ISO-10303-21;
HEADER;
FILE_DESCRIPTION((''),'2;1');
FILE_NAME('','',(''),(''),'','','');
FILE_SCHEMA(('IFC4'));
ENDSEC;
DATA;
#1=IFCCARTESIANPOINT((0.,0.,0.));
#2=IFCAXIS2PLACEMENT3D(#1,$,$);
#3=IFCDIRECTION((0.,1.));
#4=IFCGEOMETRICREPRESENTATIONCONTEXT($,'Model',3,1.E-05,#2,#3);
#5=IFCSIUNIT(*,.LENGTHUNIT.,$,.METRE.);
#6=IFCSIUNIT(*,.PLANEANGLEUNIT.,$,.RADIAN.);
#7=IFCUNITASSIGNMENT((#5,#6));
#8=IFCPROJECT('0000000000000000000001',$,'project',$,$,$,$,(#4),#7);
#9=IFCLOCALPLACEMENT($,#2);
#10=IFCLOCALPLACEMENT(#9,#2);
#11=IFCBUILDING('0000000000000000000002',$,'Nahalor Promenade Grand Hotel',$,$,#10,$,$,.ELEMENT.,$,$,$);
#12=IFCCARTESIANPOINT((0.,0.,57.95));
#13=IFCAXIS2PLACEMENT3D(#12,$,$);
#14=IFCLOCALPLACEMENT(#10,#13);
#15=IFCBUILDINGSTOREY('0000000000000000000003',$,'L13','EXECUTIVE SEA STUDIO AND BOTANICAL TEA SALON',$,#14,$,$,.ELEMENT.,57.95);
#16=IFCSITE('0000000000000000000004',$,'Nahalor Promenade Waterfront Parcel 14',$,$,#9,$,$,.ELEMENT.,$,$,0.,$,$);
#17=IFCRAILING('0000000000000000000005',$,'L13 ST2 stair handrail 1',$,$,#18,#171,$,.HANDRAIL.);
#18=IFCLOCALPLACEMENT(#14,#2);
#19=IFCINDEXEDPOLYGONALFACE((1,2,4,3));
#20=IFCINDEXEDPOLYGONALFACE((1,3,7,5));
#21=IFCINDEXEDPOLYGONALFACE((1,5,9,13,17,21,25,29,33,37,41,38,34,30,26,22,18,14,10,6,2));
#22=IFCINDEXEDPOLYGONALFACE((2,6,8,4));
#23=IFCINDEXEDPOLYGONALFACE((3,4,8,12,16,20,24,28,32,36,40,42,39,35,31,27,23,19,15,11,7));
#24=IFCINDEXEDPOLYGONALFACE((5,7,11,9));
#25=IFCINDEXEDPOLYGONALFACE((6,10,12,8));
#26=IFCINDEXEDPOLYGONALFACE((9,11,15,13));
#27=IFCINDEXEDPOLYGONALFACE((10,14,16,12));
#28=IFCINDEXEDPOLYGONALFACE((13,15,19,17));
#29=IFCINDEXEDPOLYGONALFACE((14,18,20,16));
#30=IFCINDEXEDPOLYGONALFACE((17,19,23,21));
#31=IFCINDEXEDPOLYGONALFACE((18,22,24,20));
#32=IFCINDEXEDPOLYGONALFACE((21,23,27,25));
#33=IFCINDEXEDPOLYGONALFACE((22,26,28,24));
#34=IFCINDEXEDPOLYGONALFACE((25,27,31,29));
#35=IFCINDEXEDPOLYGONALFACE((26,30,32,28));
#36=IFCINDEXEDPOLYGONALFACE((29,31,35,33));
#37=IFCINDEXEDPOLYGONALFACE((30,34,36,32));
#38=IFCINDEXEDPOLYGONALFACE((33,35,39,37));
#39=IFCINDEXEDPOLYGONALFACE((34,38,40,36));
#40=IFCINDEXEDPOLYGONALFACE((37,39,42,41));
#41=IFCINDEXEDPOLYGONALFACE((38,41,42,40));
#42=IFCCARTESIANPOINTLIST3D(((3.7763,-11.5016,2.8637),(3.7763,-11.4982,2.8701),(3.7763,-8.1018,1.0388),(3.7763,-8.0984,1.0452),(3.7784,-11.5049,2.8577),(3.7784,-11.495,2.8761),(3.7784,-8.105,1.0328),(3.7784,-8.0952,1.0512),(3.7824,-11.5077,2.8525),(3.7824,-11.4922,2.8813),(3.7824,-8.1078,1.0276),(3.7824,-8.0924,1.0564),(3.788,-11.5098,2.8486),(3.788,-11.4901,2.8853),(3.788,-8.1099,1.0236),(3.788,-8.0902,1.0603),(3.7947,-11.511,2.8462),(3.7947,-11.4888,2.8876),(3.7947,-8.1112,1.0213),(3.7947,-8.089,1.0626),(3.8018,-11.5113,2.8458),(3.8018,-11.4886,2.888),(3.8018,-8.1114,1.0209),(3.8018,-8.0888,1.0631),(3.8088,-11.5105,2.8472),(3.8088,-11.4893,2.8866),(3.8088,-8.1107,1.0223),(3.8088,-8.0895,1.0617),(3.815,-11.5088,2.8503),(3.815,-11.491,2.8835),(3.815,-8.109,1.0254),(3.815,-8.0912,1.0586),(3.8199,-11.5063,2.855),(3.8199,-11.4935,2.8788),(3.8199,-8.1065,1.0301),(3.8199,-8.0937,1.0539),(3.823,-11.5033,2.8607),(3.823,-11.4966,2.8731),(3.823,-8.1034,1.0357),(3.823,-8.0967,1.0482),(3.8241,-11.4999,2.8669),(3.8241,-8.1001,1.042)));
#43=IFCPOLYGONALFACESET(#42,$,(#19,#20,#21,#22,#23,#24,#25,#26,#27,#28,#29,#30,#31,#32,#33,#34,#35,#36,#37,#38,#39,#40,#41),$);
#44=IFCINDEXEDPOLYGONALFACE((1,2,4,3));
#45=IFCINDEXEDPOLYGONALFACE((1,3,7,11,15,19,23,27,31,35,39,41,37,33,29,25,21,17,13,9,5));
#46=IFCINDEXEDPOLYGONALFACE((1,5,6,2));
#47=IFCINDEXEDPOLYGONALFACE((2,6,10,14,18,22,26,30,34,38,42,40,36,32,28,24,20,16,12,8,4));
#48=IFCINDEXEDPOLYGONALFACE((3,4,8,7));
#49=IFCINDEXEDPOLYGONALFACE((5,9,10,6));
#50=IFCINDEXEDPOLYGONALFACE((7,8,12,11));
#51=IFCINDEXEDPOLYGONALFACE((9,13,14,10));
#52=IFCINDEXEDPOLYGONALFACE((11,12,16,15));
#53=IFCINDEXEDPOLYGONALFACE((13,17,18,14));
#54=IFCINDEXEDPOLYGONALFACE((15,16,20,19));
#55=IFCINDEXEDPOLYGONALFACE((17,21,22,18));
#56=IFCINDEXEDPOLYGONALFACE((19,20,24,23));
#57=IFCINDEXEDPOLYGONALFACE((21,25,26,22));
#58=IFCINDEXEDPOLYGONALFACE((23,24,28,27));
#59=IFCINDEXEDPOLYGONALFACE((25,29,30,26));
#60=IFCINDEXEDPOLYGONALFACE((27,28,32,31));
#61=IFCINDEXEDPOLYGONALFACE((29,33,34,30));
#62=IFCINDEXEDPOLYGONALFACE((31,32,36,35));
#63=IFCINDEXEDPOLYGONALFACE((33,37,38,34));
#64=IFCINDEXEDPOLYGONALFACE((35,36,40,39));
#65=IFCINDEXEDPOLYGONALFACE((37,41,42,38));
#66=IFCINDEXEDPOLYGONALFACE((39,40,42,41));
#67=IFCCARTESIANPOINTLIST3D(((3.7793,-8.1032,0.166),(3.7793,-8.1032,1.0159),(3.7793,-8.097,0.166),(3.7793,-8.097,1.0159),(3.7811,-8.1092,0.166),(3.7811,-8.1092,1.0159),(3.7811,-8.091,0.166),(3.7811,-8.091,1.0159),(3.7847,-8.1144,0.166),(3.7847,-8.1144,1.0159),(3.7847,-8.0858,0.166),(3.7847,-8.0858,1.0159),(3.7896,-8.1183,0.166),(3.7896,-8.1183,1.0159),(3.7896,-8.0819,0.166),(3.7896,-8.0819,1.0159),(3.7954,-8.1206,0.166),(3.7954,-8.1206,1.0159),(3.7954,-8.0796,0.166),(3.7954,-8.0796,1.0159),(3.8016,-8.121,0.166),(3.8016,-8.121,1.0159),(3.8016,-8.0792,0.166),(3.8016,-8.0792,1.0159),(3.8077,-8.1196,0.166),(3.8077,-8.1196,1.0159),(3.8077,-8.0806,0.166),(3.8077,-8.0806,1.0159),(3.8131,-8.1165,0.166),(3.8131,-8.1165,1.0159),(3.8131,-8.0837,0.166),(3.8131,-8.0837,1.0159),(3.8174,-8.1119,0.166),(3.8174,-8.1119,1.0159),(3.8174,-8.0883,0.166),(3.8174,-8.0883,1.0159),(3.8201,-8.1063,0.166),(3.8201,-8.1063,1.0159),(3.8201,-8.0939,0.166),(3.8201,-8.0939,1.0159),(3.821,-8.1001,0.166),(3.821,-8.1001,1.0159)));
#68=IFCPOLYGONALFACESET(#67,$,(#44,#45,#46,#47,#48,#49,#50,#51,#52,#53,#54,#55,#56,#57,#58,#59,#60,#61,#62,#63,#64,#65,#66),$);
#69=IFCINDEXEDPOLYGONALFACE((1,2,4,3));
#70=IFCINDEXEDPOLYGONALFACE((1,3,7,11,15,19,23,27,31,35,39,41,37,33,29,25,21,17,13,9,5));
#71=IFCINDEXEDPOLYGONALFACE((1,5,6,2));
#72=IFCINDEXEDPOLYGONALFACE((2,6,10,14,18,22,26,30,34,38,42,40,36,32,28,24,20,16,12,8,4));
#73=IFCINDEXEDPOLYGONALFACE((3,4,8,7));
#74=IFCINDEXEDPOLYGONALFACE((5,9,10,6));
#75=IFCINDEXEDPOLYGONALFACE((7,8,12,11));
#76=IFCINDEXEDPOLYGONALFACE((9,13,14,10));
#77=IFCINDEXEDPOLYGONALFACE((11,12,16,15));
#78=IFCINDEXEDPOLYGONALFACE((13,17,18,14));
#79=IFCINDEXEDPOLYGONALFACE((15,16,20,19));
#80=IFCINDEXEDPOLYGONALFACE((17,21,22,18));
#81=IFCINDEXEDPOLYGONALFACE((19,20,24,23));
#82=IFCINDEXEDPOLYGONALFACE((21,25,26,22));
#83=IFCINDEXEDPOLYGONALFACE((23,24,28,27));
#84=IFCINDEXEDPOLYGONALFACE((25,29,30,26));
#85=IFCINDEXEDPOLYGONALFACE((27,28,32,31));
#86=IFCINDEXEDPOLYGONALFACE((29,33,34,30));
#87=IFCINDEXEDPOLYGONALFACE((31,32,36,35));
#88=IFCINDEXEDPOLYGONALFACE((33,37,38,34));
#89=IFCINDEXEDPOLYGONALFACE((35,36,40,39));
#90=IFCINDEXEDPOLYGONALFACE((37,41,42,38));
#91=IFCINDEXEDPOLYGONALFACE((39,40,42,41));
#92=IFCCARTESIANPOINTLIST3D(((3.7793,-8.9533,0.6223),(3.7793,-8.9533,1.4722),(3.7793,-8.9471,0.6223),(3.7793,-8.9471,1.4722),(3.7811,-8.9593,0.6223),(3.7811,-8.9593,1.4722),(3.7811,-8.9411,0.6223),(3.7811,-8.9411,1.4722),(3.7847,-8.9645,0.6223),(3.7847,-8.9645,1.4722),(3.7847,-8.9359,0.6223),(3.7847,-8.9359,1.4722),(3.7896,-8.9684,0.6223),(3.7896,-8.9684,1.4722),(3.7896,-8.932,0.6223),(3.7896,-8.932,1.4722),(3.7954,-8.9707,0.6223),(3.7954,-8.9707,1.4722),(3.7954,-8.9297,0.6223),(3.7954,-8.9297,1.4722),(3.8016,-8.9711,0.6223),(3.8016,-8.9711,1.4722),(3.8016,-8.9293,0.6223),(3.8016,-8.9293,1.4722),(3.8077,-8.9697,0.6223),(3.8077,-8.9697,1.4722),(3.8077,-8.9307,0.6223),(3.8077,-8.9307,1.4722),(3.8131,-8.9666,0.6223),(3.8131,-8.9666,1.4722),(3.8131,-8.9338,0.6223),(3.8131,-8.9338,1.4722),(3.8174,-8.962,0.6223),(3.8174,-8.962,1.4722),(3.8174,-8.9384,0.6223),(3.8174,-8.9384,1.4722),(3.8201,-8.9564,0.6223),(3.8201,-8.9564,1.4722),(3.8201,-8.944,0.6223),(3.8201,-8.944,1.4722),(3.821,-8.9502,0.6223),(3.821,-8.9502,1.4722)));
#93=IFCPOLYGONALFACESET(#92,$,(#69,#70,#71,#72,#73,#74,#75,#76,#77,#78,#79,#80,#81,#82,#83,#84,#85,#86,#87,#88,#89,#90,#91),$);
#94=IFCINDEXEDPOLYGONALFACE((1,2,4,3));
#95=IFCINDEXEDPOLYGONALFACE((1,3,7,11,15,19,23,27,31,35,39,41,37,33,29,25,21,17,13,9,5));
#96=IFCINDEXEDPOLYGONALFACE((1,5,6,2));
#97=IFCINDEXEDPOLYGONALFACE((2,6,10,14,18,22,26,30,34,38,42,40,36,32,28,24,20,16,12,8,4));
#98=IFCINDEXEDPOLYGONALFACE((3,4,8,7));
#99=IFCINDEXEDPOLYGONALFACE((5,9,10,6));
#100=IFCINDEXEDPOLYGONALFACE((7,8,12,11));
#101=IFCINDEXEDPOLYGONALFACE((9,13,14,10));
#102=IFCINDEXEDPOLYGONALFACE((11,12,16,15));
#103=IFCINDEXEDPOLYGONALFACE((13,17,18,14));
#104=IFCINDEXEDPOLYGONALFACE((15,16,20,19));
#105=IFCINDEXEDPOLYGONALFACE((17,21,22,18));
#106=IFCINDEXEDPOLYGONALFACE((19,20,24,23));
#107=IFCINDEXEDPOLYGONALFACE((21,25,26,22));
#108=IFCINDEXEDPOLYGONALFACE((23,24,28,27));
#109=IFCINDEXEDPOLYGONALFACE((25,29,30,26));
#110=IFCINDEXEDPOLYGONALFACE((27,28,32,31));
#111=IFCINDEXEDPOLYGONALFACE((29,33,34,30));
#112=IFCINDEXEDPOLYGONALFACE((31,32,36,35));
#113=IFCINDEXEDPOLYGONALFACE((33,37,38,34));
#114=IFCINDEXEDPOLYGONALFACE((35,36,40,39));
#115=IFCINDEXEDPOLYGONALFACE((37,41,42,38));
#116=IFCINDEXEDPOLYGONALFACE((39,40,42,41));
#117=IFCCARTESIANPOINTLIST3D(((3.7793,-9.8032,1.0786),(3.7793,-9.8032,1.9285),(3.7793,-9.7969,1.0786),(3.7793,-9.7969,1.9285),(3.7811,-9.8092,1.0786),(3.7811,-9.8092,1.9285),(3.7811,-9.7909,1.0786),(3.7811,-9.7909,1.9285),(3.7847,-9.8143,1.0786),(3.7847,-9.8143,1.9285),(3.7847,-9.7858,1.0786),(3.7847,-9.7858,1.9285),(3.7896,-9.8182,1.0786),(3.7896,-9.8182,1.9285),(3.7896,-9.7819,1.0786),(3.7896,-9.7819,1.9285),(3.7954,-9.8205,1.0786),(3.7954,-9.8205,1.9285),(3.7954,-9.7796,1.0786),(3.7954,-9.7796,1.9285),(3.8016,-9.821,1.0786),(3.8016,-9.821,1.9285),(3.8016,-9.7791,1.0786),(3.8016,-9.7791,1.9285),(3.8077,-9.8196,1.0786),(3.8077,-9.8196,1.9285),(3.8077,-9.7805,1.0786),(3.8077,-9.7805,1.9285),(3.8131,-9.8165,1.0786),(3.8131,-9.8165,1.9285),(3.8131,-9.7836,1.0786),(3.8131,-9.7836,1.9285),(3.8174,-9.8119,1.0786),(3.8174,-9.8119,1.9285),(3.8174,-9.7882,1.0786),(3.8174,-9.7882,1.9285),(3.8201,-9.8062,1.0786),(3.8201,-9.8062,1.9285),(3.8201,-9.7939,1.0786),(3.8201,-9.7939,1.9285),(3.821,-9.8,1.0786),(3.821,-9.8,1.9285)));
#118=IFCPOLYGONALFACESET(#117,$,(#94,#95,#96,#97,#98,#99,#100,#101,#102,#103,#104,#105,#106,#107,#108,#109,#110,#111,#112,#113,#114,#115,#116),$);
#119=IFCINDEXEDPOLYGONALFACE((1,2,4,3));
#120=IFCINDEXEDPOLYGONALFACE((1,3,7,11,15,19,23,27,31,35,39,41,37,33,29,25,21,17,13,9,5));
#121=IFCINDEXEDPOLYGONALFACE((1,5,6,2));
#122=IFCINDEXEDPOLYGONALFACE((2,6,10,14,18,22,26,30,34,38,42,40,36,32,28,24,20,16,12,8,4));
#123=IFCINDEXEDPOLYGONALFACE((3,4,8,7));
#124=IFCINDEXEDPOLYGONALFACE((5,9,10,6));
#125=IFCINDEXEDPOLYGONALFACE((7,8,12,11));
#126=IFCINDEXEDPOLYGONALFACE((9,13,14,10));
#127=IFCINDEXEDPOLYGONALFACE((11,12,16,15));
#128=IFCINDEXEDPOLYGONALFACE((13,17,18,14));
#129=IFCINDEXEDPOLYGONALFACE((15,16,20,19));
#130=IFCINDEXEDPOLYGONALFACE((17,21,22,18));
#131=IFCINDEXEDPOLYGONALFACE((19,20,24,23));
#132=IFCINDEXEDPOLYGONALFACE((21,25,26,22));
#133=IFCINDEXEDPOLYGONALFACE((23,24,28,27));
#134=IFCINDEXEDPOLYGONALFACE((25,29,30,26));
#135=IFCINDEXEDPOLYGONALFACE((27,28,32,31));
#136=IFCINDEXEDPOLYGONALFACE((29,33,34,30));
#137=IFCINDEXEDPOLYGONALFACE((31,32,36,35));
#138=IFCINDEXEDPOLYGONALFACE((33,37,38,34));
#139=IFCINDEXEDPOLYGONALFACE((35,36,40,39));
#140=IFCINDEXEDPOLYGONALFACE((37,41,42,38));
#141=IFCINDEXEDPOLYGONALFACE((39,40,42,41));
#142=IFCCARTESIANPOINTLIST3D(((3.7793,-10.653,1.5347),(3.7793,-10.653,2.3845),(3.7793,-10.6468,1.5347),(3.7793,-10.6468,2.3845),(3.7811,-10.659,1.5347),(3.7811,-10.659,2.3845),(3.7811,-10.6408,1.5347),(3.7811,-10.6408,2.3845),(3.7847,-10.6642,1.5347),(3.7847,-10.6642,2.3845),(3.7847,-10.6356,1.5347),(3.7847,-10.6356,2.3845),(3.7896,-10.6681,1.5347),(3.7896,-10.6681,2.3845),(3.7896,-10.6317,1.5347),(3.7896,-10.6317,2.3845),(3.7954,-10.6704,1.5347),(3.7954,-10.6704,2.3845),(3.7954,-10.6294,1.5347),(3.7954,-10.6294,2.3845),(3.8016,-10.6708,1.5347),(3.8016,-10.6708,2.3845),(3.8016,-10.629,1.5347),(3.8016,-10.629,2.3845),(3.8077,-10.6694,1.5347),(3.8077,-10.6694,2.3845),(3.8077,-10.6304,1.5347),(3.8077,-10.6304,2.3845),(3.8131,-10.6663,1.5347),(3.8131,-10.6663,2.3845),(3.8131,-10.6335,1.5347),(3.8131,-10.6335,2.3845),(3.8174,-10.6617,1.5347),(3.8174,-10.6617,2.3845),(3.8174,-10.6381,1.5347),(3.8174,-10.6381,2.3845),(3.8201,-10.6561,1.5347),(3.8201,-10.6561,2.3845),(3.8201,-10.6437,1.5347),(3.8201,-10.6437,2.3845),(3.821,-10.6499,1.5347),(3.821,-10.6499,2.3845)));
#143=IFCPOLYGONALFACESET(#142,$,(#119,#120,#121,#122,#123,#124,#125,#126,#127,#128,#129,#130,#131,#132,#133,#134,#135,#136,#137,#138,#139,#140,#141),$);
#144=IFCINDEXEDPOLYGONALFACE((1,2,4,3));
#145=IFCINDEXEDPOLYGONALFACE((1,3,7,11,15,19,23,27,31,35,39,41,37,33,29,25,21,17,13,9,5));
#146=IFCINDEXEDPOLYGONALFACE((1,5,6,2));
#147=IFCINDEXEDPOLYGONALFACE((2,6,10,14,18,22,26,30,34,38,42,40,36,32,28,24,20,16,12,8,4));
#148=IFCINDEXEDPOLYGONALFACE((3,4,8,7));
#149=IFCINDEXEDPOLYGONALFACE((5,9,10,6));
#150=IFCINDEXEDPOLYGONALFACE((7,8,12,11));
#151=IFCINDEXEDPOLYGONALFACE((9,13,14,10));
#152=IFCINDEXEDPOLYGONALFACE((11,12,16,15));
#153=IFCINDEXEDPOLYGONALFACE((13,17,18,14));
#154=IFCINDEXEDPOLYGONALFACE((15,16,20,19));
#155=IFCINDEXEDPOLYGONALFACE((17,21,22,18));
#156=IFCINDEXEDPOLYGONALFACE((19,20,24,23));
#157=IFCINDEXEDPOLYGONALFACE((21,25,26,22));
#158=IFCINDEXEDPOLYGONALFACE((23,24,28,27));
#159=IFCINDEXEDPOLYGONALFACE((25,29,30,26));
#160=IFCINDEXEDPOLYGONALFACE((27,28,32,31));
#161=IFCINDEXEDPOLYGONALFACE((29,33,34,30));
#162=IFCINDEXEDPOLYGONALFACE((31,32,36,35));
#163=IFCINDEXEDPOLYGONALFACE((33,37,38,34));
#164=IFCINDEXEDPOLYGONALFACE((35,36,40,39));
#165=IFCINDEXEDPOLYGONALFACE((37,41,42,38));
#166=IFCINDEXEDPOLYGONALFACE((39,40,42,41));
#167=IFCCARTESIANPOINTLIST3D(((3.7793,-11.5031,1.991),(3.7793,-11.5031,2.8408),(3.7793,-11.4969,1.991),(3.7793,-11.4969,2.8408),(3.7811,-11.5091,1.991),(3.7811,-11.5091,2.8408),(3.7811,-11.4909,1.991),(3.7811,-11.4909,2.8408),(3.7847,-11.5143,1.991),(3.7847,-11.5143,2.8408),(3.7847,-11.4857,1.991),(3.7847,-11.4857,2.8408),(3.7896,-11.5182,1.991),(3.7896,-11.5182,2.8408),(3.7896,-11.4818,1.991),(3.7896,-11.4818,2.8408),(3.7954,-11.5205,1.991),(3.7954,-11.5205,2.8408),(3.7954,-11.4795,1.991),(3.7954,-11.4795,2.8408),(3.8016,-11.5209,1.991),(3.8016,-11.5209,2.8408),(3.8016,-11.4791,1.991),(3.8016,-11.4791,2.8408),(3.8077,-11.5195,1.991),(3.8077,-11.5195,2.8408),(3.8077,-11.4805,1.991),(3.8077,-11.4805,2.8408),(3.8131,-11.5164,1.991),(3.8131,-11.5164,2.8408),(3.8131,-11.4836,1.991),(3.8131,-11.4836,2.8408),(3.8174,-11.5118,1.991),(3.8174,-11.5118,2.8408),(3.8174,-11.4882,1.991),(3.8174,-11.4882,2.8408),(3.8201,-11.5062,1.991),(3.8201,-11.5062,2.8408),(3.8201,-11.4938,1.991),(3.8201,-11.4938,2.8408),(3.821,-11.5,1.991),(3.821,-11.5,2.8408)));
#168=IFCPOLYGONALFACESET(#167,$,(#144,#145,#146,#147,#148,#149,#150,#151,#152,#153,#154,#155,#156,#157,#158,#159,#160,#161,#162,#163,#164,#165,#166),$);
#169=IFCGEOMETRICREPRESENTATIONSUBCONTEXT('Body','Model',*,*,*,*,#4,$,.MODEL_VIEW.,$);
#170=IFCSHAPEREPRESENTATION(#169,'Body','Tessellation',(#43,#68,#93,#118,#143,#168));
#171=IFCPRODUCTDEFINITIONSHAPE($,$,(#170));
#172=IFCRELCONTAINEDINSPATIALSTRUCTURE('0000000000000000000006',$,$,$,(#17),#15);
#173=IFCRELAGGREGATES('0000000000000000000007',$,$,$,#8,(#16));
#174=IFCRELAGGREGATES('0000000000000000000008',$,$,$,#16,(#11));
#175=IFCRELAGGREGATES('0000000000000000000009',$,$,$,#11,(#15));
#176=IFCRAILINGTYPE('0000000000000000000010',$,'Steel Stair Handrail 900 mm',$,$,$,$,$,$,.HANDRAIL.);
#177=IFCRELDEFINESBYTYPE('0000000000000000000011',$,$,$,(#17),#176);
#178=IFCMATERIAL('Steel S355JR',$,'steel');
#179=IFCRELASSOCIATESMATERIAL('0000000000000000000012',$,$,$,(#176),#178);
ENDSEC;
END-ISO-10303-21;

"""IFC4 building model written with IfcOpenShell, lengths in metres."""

from ifc_helpers import new_model, si_unit, direction, frame, origin, origin_2d, place, context, subcontext, project, spatial, circle, extrude, material, type_object, element, save


model = new_model("IFC4")

# Units and contexts
model_context = context("Model", 3, precision=1e-05, world=origin(), true_north=direction((0.0, 1.0)))
body_context = subcontext(model_context, "Body", "Model", "MODEL_VIEW")
ifc_project = project(units=[si_unit("LENGTHUNIT", "METRE"), si_unit("PLANEANGLEUNIT", "RADIAN")], contexts=[model_context])

# Site, building, storey
site_placement = place(None, origin())
site = spatial("IfcSite", under=ifc_project, at=site_placement, Name="Nahalor Promenade Waterfront Parcel 14", CompositionType="ELEMENT", RefElevation=0.0)
building_placement = place(site_placement, origin())
building = spatial("IfcBuilding", under=site, at=building_placement, Name="Nahalor Promenade Grand Hotel", CompositionType="ELEMENT")
storey_placement = place(building_placement, frame((0.0, 0.0, 57.95)))
storey = spatial("IfcBuildingStorey", under=building, at=storey_placement, Name="L13", Description="EXECUTIVE SEA STUDIO AND BOTANICAL TEA SALON", CompositionType="ELEMENT", Elevation=57.95)

# Shared definitions
ifc_material_1 = material(Name="Steel S355JR", Category="steel")

# Railing
railing_type_1 = type_object("IfcRailingType", Name="Steel Stair Handrail 900 mm", PredefinedType="HANDRAIL", material=ifc_material_1)
railing_1_placement = place(storey_placement, frame((3.8, -8.1001, 0.166)))
element("IfcRailing", 1, at=railing_1_placement, inside=storey, type_object=railing_type_1, Name="L13 ST2 stair handrail 1", PredefinedType="HANDRAIL", context=body_context, shape_type="SweptSolid", body=[
    extrude(circle(Radius=0.024, at=origin_2d()), frame((0.0, 0.0, 0.876), z_axis=(0.0, -0.881094, 0.472941), x_axis=(1.0, 0.0, 0.0)), (0.0, 0.0, 1.0), 3.8586),
    extrude(circle(Radius=0.021, at=origin_2d()), origin(), (0.0, 0.0, 1.0), 0.8499),
    extrude(circle(Radius=0.021, at=origin_2d()), frame((0.0, -0.8501, 0.4563)), (0.0, 0.0, 1.0), 0.8499),
    extrude(circle(Radius=0.021, at=origin_2d()), frame((0.0, -1.7, 0.9126)), (0.0, 0.0, 1.0), 0.8499),
    extrude(circle(Radius=0.021, at=origin_2d()), frame((0.0, -2.5498, 1.3687)), (0.0, 0.0, 1.0), 0.8499),
    extrude(circle(Radius=0.021, at=origin_2d()), frame((0.0, -3.3999, 1.825)), (0.0, 0.0, 1.0), 0.8499),
])

save(model, "model.ifc")
